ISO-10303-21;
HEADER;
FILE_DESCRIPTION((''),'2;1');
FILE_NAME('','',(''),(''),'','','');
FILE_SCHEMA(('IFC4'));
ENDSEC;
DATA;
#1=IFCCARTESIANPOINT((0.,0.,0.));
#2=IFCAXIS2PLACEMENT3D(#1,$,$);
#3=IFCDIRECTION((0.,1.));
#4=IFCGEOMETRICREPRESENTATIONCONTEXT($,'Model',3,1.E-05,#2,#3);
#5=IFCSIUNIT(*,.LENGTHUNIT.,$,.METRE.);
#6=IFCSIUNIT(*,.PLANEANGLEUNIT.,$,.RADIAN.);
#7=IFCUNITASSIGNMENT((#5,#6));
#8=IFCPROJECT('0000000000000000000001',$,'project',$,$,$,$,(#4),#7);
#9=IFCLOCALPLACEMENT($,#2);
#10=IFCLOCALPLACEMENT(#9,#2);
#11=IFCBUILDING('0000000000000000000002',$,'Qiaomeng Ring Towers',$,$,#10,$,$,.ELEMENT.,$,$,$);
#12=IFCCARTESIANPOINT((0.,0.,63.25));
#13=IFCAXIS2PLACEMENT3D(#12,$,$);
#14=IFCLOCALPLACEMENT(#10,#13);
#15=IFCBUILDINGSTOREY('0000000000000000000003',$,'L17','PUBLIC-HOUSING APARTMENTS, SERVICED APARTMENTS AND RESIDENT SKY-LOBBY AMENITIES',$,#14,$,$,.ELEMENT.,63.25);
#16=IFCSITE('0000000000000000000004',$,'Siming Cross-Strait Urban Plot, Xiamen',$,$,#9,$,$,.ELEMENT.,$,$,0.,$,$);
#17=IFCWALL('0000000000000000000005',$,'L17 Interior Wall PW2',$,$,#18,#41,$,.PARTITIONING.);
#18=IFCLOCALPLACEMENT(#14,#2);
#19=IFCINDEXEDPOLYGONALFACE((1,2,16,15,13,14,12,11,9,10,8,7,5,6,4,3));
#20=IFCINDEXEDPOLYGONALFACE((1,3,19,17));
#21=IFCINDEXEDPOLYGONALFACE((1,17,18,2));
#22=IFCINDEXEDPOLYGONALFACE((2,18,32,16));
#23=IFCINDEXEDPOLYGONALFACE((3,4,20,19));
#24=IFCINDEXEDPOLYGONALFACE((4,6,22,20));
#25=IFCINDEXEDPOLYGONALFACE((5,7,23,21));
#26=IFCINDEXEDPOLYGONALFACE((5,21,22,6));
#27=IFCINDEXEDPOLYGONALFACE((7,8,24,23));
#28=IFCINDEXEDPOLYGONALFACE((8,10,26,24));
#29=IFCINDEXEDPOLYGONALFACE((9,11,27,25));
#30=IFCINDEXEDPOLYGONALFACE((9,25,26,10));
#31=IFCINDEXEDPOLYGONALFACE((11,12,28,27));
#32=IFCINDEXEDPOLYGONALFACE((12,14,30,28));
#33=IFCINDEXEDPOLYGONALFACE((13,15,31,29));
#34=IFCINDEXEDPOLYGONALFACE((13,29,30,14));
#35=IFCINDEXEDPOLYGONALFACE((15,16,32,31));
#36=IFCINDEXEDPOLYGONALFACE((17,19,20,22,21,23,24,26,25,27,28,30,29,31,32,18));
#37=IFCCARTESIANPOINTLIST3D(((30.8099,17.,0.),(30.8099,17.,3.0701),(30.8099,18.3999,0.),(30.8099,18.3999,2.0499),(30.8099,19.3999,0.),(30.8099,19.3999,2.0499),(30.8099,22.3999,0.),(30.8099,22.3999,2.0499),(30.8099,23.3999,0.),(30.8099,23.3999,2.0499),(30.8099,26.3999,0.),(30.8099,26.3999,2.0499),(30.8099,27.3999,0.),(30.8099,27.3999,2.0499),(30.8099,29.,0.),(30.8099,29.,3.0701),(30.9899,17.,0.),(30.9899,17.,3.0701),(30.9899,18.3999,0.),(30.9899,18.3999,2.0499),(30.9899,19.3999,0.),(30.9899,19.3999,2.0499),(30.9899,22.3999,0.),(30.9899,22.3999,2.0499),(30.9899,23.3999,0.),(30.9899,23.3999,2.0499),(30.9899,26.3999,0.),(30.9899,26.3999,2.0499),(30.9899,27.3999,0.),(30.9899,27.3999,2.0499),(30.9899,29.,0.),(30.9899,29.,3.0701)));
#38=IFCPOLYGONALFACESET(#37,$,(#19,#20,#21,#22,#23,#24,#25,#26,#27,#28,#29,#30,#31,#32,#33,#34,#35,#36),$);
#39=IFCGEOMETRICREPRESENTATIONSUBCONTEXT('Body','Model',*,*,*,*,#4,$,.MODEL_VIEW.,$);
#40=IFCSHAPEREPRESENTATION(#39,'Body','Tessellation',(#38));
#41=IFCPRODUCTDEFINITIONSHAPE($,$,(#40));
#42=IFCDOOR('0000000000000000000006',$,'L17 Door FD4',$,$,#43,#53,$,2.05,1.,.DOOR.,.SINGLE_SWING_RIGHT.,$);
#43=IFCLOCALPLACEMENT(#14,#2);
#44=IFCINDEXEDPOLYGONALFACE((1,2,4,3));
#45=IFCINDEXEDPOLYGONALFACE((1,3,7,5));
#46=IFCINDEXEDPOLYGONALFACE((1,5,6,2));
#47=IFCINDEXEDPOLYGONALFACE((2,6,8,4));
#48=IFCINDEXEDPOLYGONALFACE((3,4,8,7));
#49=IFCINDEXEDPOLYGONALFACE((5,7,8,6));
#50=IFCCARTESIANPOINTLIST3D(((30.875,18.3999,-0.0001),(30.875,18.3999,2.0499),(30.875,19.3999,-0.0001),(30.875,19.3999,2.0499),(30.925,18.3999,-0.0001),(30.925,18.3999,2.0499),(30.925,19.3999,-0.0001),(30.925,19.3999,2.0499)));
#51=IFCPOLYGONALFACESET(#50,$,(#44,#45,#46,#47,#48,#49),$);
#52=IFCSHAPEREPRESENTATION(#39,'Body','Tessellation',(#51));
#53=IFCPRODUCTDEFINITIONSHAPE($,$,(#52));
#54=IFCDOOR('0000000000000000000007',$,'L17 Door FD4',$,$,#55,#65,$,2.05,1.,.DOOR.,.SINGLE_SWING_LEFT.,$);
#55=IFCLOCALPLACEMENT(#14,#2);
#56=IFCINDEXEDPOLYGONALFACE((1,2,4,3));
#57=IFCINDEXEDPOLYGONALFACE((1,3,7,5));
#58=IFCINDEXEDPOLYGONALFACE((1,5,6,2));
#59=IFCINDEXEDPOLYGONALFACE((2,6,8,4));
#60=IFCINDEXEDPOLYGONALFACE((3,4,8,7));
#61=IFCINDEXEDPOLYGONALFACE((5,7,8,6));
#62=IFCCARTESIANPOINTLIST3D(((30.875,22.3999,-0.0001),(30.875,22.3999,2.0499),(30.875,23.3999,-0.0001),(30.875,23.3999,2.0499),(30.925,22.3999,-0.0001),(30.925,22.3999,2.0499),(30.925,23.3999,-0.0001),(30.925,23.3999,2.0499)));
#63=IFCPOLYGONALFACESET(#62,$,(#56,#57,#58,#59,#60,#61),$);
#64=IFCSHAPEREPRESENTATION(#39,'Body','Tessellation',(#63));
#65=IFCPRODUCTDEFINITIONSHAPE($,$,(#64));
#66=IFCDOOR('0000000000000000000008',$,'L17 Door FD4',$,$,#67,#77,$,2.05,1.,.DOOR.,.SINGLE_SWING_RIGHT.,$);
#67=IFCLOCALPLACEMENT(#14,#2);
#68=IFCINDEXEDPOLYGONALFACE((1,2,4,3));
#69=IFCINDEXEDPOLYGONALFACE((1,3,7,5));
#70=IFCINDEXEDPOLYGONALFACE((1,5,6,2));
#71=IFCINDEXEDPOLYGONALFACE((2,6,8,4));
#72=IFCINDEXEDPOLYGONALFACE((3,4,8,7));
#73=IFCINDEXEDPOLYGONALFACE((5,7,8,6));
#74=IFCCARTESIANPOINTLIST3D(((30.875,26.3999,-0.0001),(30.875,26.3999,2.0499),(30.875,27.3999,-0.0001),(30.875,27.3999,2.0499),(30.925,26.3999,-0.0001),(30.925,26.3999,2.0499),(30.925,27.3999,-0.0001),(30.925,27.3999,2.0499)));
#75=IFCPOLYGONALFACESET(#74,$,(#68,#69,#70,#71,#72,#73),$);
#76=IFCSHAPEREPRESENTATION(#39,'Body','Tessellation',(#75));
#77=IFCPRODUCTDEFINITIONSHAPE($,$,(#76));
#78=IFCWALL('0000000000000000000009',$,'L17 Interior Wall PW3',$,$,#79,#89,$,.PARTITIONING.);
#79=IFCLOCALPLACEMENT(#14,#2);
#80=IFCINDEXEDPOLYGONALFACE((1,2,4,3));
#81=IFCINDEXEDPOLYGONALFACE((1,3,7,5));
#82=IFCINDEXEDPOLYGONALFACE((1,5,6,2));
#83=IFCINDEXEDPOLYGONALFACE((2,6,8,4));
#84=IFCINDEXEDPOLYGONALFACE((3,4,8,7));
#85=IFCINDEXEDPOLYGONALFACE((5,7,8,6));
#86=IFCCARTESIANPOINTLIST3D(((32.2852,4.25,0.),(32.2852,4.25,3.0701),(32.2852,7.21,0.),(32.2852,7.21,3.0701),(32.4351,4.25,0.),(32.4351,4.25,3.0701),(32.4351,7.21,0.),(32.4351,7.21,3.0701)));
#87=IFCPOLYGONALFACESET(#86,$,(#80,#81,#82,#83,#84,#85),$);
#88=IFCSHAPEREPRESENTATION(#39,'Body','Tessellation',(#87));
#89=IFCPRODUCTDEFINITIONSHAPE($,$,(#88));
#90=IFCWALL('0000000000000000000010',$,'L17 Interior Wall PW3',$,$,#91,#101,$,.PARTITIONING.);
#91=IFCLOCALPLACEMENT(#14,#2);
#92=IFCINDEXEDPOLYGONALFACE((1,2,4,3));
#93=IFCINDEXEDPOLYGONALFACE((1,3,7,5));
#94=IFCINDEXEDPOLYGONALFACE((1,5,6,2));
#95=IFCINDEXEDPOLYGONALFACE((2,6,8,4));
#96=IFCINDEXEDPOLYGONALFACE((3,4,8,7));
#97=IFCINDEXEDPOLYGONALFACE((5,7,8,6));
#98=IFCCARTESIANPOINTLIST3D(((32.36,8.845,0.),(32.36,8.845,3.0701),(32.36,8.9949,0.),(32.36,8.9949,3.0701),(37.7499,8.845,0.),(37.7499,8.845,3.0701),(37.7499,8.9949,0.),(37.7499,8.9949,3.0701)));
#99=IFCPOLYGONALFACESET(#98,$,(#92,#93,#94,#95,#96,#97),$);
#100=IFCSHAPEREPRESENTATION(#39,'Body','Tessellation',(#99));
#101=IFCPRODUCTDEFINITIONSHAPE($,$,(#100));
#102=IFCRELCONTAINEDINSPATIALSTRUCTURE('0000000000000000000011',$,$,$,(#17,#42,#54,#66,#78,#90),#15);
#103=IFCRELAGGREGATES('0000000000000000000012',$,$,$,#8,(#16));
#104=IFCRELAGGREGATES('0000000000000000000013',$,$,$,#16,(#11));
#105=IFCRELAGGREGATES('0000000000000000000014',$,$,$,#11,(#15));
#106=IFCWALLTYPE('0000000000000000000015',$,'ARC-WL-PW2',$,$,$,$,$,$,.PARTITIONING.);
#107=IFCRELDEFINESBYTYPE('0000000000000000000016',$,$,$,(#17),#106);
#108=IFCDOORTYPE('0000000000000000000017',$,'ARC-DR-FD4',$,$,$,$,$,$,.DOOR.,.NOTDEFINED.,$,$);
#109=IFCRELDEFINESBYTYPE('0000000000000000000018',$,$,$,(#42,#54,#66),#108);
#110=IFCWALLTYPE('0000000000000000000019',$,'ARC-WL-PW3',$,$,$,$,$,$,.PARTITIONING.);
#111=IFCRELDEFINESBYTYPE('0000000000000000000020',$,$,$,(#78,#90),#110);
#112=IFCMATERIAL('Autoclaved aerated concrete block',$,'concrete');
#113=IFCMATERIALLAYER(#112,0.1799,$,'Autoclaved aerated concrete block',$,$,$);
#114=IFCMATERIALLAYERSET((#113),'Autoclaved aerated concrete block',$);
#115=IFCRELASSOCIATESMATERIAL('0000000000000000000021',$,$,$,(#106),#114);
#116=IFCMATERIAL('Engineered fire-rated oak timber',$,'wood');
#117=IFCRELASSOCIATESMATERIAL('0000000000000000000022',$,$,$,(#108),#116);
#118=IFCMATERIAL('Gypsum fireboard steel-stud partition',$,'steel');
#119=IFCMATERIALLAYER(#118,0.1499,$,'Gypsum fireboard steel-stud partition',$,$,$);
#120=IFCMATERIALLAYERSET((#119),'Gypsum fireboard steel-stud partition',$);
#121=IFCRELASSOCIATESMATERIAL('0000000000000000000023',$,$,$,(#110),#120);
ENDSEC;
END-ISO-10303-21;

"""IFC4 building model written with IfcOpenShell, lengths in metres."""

from ifc_helpers import new_model, si_unit, direction, frame, frame_2d, origin, place, context, subcontext, project, spatial, rectangle, extrude, source, transform, mapped, material, layer, layer_set, type_object, element, fill, save


model = new_model("IFC4")

# Units and contexts
model_context = context("Model", 3, precision=1e-05, world=origin(), true_north=direction((0.0, 1.0)))
body_context = subcontext(model_context, "Body", "Model", "MODEL_VIEW")
ifc_project = project(units=[si_unit("LENGTHUNIT", "METRE"), si_unit("PLANEANGLEUNIT", "RADIAN")], contexts=[model_context])

# Site, building, storey
site_placement = place(None, origin())
site = spatial("IfcSite", under=ifc_project, at=site_placement, Name="Siming Cross-Strait Urban Plot, Xiamen", CompositionType="ELEMENT", RefElevation=0.0)
building_placement = place(site_placement, origin())
building = spatial("IfcBuilding", under=site, at=building_placement, Name="Qiaomeng Ring Towers", CompositionType="ELEMENT")
storey_placement = place(building_placement, frame((0.0, 0.0, 63.25)))
storey = spatial("IfcBuildingStorey", under=building, at=storey_placement, Name="L17", Description="PUBLIC-HOUSING APARTMENTS, SERVICED APARTMENTS AND RESIDENT SKY-LOBBY AMENITIES", CompositionType="ELEMENT", Elevation=63.25)

# Wall, openings, doors
ifc_material_1 = material(Name="Autoclaved aerated concrete block", Category="concrete")
ifc_layer_1 = layer(ifc_material_1, 0.1799, Name="Autoclaved aerated concrete block")
ifc_layer_set_1 = layer_set([ifc_layer_1], Name="Autoclaved aerated concrete block")
wall_type_1 = type_object("IfcWallType", Name="ARC-WL-PW2", PredefinedType="PARTITIONING", material=ifc_layer_set_1)
ifc_material_2 = material(Name="Engineered fire-rated oak timber", Category="wood")
door_type_1 = type_object("IfcDoorType", Name="ARC-DR-FD4", OperationType="NOTDEFINED", PredefinedType="DOOR", material=ifc_material_2)
shared_shape_1 = source(origin(), body_context, "Body", "SweptSolid", [
    extrude(rectangle(XDim=1.0, YDim=2.05, at=frame_2d((0.5, 1.0249))), frame((0.0, 0.0249, 0.0), z_axis=(0.0, -1.0, 0.0), x_axis=(1.0, 0.0, 0.0)), (0.0, 0.0, 1.0), 0.05),
])
wall_1_placement = place(storey_placement, frame((30.8999, 17.0, 0.0), z_axis=(0.0, 0.0, 1.0), x_axis=(0.0, 1.0, 0.0)))
wall_1 = element("IfcWall", 1, at=wall_1_placement, inside=storey, type_object=wall_type_1, Name="L17 Interior Wall PW2", PredefinedType="PARTITIONING", context=body_context, shape_type="SweptSolid", body=[
    extrude(rectangle(XDim=12.0, YDim=0.1799, at=frame_2d((6.0, 0.0))), origin(), (0.0, 0.0, 1.0), 3.0701),
])
opening_1_placement = place(wall_1_placement, frame((1.3999, 0.0, 0.0)))
opening_1 = element("IfcOpeningElement", 2, at=opening_1_placement, cuts=wall_1, PredefinedType="OPENING", context=body_context, shape_type="SweptSolid", body=[
    extrude(rectangle(XDim=1.0, YDim=2.05, at=frame_2d((0.5, 1.0249))), frame((0.0, 0.0999, 0.0), z_axis=(0.0, -1.0, 0.0), x_axis=(1.0, 0.0, 0.0)), (0.0, 0.0, 1.0), 0.2),
])
opening_2_placement = place(wall_1_placement, frame((5.3999, 0.0, 0.0)))
opening_2 = element("IfcOpeningElement", 3, at=opening_2_placement, cuts=wall_1, PredefinedType="OPENING", context=body_context, shape_type="SweptSolid", body=[
    extrude(rectangle(XDim=1.0, YDim=2.05, at=frame_2d((0.5, 1.0249))), frame((0.0, 0.0999, 0.0), z_axis=(0.0, -1.0, 0.0), x_axis=(1.0, 0.0, 0.0)), (0.0, 0.0, 1.0), 0.2),
])
opening_3_placement = place(wall_1_placement, frame((9.3999, 0.0, 0.0)))
opening_3 = element("IfcOpeningElement", 4, at=opening_3_placement, cuts=wall_1, PredefinedType="OPENING", context=body_context, shape_type="SweptSolid", body=[
    extrude(rectangle(XDim=1.0, YDim=2.05, at=frame_2d((0.5, 1.0249))), frame((0.0, 0.0999, 0.0), z_axis=(0.0, -1.0, 0.0), x_axis=(1.0, 0.0, 0.0)), (0.0, 0.0, 1.0), 0.2),
])
door_1_placement = place(opening_1_placement, origin())
door_1 = element("IfcDoor", 5, at=door_1_placement, inside=storey, type_object=door_type_1, Name="L17 Door FD4", OperationType="SINGLE_SWING_RIGHT", OverallHeight=2.05, OverallWidth=1.0, PredefinedType="DOOR", context=body_context, shape_type="MappedRepresentation", body=[
    mapped(shared_shape_1, transform((0.0, 0.0, 0.0), x_axis=(1.0, 0.0, 0.0), y_axis=(0.0, 1.0, 0.0), z_axis=(0.0, 0.0, 1.0), scale=1.0)),
])
fill(opening_1, door_1)
door_2_placement = place(opening_2_placement, origin())
door_2 = element("IfcDoor", 6, at=door_2_placement, inside=storey, type_object=door_type_1, Name="L17 Door FD4", OperationType="SINGLE_SWING_LEFT", OverallHeight=2.05, OverallWidth=1.0, PredefinedType="DOOR", context=body_context, shape_type="MappedRepresentation", body=[
    mapped(shared_shape_1, transform((0.0, 0.0, 0.0), x_axis=(1.0, 0.0, 0.0), y_axis=(0.0, 1.0, 0.0), z_axis=(0.0, 0.0, 1.0), scale=1.0)),
])
fill(opening_2, door_2)
door_3_placement = place(opening_3_placement, origin())
door_3 = element("IfcDoor", 7, at=door_3_placement, inside=storey, type_object=door_type_1, Name="L17 Door FD4", OperationType="SINGLE_SWING_RIGHT", OverallHeight=2.05, OverallWidth=1.0, PredefinedType="DOOR", context=body_context, shape_type="MappedRepresentation", body=[
    mapped(shared_shape_1, transform((0.0, 0.0, 0.0), x_axis=(1.0, 0.0, 0.0), y_axis=(0.0, 1.0, 0.0), z_axis=(0.0, 0.0, 1.0), scale=1.0)),
])
fill(opening_3, door_3)

# Walls
ifc_material_3 = material(Name="Gypsum fireboard steel-stud partition", Category="steel")
ifc_layer_2 = layer(ifc_material_3, 0.1499, Name="Gypsum fireboard steel-stud partition")
ifc_layer_set_2 = layer_set([ifc_layer_2], Name="Gypsum fireboard steel-stud partition")
wall_type_2 = type_object("IfcWallType", Name="ARC-WL-PW3", PredefinedType="PARTITIONING", material=ifc_layer_set_2)
wall_2_placement = place(storey_placement, frame((32.3601, 4.25, 0.0), z_axis=(0.0, 0.0, 1.0), x_axis=(0.0, 1.0, 0.0)))
element("IfcWall", 8, at=wall_2_placement, inside=storey, type_object=wall_type_2, Name="L17 Interior Wall PW3", PredefinedType="PARTITIONING", context=body_context, shape_type="SweptSolid", body=[
    extrude(rectangle(XDim=2.96, YDim=0.1499, at=frame_2d((1.48, 0.0))), origin(), (0.0, 0.0, 1.0), 3.0701),
])
wall_3_placement = place(storey_placement, frame((32.3601, 8.9199, 0.0), z_axis=(0.0, 0.0, 1.0), x_axis=(1.0, 0.0, 0.0)))
element("IfcWall", 9, at=wall_3_placement, inside=storey, type_object=wall_type_2, Name="L17 Interior Wall PW3", PredefinedType="PARTITIONING", context=body_context, shape_type="SweptSolid", body=[
    extrude(rectangle(XDim=5.3899, YDim=0.1499, at=frame_2d((2.6948, 0.0))), origin(), (0.0, 0.0, 1.0), 3.0701),
])

save(model, "model.ifc")
